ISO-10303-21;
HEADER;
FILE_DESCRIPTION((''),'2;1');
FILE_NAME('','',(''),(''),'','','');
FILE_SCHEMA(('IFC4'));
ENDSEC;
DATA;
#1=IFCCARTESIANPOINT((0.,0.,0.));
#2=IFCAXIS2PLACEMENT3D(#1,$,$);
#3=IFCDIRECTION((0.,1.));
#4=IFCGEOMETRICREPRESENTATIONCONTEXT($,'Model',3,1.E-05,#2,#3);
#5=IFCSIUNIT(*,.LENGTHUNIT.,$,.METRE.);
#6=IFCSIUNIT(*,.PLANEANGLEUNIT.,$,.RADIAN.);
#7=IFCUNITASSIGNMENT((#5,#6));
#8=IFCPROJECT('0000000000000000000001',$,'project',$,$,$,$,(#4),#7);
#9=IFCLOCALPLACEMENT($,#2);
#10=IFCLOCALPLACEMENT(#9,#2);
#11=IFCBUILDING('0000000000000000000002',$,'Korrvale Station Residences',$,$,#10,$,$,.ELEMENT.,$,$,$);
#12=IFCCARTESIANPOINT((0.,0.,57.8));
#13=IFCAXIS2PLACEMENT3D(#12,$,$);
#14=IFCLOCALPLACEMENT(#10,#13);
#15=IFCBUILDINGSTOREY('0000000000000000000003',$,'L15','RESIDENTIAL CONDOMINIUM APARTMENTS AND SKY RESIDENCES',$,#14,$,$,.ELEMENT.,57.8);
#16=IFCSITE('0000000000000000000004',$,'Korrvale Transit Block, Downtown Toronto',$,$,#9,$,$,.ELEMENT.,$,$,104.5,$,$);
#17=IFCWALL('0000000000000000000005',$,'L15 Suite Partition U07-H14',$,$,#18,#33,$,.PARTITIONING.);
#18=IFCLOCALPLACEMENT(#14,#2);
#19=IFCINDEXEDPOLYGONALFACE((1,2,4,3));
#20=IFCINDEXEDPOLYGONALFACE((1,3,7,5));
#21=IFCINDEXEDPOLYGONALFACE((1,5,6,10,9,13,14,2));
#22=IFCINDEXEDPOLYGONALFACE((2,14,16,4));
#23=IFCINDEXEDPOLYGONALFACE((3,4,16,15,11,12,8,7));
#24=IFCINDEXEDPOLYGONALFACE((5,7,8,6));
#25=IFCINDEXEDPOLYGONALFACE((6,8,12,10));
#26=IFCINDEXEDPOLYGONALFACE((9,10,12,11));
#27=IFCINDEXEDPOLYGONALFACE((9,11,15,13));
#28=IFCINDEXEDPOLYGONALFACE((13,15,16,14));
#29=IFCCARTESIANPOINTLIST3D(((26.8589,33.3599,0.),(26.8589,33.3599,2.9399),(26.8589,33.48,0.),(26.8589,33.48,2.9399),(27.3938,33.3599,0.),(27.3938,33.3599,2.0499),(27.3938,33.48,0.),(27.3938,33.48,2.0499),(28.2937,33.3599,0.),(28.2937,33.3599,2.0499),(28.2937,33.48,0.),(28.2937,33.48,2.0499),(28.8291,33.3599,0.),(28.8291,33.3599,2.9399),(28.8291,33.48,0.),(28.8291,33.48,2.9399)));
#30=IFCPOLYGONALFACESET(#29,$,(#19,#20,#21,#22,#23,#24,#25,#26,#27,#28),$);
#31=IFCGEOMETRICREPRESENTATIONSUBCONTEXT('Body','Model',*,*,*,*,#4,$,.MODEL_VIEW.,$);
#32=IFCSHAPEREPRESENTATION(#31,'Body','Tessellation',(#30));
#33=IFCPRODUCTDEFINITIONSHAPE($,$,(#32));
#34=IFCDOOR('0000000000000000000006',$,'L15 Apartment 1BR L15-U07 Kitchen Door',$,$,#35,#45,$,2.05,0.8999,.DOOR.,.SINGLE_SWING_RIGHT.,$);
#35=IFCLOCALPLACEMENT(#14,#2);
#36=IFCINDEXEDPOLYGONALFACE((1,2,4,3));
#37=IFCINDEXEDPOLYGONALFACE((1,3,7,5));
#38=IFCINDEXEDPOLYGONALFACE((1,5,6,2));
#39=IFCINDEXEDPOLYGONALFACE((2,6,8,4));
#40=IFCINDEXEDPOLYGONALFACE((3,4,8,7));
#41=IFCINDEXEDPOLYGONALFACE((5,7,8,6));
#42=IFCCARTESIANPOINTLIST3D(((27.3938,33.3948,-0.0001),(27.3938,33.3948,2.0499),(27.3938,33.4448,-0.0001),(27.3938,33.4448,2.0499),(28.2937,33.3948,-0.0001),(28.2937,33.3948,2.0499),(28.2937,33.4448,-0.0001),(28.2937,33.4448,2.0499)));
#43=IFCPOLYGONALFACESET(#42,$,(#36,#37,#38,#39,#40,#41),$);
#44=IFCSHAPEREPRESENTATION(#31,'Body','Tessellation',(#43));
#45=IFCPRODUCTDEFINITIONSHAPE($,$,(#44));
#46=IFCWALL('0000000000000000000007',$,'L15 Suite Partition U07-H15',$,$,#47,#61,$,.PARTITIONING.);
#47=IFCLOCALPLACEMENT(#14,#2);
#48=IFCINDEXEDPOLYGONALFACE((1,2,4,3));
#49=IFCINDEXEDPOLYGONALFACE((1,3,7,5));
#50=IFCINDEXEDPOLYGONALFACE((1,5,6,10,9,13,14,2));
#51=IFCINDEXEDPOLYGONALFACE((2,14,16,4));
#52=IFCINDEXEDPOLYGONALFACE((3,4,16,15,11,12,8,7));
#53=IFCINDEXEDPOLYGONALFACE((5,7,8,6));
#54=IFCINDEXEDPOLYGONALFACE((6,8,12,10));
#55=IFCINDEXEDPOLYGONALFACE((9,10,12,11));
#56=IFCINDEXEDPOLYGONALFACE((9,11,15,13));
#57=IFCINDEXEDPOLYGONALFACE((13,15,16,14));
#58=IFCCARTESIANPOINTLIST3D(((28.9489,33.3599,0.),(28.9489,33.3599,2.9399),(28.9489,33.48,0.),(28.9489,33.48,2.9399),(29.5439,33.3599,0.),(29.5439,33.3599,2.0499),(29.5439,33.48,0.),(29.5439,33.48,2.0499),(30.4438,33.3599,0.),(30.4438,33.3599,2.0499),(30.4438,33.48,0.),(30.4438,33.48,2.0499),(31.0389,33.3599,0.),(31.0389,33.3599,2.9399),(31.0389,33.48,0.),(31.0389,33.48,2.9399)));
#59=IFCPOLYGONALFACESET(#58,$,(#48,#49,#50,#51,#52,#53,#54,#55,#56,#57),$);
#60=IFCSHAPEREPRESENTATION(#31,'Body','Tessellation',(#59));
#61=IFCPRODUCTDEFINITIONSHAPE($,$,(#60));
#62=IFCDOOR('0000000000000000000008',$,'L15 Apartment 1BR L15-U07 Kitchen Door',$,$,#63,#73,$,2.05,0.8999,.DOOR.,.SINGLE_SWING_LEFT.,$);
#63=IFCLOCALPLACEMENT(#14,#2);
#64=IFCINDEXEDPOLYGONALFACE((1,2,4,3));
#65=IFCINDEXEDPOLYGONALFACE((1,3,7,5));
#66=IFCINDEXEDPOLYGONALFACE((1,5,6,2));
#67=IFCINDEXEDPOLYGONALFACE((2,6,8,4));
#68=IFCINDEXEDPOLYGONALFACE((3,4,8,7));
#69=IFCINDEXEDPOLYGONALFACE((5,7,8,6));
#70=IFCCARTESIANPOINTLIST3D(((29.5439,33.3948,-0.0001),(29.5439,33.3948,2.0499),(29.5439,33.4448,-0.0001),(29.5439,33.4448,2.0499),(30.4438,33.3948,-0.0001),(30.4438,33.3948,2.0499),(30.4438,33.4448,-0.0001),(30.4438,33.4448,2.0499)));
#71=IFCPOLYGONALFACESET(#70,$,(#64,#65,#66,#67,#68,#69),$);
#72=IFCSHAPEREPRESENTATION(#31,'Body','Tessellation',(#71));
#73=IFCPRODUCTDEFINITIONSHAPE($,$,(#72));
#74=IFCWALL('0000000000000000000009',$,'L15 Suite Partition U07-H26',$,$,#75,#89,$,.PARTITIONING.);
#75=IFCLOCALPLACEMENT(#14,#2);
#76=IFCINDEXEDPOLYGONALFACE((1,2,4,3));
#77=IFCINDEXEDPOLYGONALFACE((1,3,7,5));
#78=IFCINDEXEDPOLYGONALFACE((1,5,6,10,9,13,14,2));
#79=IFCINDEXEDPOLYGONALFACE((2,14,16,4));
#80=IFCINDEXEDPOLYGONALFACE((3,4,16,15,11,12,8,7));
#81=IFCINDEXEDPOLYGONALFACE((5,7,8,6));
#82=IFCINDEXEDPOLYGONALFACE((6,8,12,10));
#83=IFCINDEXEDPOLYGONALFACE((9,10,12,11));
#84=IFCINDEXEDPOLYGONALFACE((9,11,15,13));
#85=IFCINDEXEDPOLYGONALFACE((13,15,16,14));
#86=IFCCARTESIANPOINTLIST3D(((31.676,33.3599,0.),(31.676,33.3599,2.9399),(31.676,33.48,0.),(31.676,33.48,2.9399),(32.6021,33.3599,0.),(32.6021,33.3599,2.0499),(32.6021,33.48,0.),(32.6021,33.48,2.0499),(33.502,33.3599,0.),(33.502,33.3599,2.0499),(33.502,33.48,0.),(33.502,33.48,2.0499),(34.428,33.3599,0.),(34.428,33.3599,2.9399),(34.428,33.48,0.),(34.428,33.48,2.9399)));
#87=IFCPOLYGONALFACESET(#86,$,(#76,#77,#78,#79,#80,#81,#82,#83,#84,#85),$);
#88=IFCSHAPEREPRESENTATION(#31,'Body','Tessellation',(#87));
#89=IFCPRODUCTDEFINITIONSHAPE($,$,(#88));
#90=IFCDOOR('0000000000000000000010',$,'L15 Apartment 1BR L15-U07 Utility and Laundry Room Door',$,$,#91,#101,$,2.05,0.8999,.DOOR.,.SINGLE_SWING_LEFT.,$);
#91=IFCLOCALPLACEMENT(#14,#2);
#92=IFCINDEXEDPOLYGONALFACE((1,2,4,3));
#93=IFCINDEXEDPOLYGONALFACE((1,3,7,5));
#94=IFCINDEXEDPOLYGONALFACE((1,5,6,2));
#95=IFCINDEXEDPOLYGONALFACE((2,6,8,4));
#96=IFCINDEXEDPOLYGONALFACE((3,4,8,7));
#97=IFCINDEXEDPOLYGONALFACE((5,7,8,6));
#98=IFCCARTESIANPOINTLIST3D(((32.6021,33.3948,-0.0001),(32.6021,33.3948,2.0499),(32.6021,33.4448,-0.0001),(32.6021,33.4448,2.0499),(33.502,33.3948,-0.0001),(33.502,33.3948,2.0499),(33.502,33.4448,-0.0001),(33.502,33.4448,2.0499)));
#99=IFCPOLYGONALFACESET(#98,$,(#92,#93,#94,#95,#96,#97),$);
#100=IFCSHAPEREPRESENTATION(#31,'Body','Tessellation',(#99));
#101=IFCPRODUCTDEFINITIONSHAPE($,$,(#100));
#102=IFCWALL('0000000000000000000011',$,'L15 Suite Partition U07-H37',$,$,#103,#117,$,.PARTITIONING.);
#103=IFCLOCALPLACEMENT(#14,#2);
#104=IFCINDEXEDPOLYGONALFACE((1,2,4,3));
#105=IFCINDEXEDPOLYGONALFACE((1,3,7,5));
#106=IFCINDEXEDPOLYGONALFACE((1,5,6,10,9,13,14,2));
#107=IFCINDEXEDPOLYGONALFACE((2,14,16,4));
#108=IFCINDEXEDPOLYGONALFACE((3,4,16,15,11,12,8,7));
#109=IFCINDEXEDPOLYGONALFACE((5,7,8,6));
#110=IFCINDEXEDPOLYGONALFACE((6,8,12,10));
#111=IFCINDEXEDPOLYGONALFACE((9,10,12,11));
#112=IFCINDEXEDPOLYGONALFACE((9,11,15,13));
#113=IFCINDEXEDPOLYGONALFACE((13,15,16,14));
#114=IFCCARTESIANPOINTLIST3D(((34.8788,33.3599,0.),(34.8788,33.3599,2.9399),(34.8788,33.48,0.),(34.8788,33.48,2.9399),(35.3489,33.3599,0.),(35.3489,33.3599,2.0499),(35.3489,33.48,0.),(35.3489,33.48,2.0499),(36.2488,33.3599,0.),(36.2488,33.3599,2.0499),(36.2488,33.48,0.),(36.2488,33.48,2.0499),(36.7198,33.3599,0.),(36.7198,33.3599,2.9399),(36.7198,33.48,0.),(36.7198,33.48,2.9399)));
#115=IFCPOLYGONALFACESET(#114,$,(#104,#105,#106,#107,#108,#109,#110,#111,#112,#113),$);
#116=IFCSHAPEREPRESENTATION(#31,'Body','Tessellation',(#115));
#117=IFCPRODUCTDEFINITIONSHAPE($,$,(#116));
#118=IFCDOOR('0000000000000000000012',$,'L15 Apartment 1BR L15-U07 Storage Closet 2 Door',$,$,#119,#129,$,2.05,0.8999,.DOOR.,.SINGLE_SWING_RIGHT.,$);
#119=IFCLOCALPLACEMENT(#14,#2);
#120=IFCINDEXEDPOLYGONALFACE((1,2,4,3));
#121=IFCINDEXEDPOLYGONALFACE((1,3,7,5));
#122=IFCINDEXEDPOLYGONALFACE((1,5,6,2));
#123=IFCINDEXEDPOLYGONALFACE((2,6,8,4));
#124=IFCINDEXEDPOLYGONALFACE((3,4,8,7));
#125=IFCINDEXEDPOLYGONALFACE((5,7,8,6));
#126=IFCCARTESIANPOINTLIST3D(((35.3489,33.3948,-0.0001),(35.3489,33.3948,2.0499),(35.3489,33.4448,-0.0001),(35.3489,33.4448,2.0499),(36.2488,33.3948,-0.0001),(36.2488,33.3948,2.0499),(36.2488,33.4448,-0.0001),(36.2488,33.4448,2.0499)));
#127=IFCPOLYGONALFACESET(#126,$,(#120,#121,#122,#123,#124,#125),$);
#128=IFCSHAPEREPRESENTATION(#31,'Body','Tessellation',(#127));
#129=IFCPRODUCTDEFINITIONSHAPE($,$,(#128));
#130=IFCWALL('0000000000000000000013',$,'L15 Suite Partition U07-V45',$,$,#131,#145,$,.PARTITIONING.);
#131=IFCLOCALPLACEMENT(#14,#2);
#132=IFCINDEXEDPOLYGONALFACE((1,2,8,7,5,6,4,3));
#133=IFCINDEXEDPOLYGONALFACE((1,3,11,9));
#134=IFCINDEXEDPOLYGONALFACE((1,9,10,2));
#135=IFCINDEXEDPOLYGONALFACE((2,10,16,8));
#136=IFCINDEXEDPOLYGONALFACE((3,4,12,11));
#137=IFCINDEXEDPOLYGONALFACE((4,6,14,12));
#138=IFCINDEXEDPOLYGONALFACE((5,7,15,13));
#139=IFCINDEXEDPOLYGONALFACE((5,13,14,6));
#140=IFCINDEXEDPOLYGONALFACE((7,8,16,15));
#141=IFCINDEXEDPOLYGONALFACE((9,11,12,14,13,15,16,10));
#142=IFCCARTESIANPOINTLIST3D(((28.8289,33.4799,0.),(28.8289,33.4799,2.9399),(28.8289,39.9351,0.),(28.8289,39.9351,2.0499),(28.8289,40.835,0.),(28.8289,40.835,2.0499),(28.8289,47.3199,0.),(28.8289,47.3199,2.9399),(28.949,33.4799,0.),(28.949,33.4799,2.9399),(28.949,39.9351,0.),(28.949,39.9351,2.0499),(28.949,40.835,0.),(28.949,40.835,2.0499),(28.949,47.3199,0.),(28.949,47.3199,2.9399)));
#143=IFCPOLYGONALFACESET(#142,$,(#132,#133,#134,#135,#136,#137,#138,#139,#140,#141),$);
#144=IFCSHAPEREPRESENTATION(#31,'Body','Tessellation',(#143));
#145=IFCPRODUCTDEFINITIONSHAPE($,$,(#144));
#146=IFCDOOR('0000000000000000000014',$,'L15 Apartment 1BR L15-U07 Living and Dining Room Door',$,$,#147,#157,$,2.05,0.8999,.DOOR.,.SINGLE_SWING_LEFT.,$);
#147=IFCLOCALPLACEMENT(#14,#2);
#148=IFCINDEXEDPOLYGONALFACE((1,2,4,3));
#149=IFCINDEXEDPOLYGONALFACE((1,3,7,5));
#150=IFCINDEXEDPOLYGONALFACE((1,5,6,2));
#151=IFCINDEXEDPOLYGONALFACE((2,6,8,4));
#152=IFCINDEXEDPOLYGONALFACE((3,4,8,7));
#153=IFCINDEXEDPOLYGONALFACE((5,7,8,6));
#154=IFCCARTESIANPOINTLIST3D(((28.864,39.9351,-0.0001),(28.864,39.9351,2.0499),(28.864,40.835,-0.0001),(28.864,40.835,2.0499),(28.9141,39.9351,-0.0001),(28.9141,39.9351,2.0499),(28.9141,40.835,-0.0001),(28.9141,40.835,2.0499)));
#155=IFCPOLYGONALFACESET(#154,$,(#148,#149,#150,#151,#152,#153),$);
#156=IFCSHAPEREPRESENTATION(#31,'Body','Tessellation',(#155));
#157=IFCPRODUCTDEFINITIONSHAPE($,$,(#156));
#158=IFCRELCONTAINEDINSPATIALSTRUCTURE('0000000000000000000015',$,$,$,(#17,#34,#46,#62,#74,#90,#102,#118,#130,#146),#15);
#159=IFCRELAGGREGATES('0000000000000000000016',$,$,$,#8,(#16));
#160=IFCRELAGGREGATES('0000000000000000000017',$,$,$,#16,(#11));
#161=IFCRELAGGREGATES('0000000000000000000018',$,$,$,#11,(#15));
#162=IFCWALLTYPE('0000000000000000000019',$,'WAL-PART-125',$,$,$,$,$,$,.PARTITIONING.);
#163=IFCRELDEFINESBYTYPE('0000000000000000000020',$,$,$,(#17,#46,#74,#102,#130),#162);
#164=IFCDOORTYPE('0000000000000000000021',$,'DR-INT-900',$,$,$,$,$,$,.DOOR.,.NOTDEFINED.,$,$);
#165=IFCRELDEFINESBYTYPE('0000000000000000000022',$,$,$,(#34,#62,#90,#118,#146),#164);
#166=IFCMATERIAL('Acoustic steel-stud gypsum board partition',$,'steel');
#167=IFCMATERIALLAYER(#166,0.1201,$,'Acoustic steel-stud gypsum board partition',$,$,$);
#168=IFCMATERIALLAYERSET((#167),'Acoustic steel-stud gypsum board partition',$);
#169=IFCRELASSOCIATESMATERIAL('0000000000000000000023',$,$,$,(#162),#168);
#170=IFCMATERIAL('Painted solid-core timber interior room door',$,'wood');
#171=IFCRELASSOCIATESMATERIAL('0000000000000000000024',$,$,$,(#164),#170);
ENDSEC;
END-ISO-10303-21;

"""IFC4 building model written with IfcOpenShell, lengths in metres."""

from ifc_helpers import new_model, si_unit, direction, frame, frame_2d, origin, place, context, subcontext, project, spatial, rectangle, extrude, material, layer, layer_set, type_object, element, fill, save


model = new_model("IFC4")

# Units and contexts
model_context = context("Model", 3, precision=1e-05, world=origin(), true_north=direction((0.0, 1.0)))
body_context = subcontext(model_context, "Body", "Model", "MODEL_VIEW")
ifc_project = project(units=[si_unit("LENGTHUNIT", "METRE"), si_unit("PLANEANGLEUNIT", "RADIAN")], contexts=[model_context])

# Site, building, storey
site_placement = place(None, origin())
site = spatial("IfcSite", under=ifc_project, at=site_placement, Name="Korrvale Transit Block, Downtown Toronto", CompositionType="ELEMENT", RefElevation=104.5)
building_placement = place(site_placement, origin())
building = spatial("IfcBuilding", under=site, at=building_placement, Name="Korrvale Station Residences", CompositionType="ELEMENT")
storey_placement = place(building_placement, frame((0.0, 0.0, 57.8)))
storey = spatial("IfcBuildingStorey", under=building, at=storey_placement, Name="L15", Description="RESIDENTIAL CONDOMINIUM APARTMENTS AND SKY RESIDENCES", CompositionType="ELEMENT", Elevation=57.8)

# Walls, openings, doors
ifc_material_1 = material(Name="Acoustic steel-stud gypsum board partition", Category="steel")
ifc_layer_1 = layer(ifc_material_1, 0.1201, Name="Acoustic steel-stud gypsum board partition")
ifc_layer_set_1 = layer_set([ifc_layer_1], Name="Acoustic steel-stud gypsum board partition")
wall_type_1 = type_object("IfcWallType", Name="WAL-PART-125", PredefinedType="PARTITIONING", material=ifc_layer_set_1)
wall_1_placement = place(storey_placement, frame((26.8589, 33.4199, 0.0), z_axis=(0.0, 0.0, 1.0), x_axis=(1.0, 0.0, 0.0)))
wall_1 = element("IfcWall", 1, at=wall_1_placement, inside=storey, type_object=wall_type_1, Name="L15 Suite Partition U07-H14", PredefinedType="PARTITIONING", context=body_context, shape_type="SweptSolid", body=[
    extrude(rectangle(XDim=1.9702, YDim=0.1201, at=frame_2d((0.9851, 0.0))), origin(), (0.0, 0.0, 1.0), 2.9399),
])
opening_1_placement = place(wall_1_placement, frame((0.5349, 0.0, 0.0)))
opening_1 = element("IfcOpeningElement", 2, at=opening_1_placement, cuts=wall_1, PredefinedType="OPENING", context=body_context, shape_type="SweptSolid", body=[
    extrude(rectangle(XDim=0.8999, YDim=2.05, at=frame_2d((0.45, 1.0249))), frame((0.0, 0.0701, 0.0), z_axis=(0.0, -1.0, 0.0), x_axis=(1.0, 0.0, 0.0)), (0.0, 0.0, 1.0), 0.1401),
])
ifc_material_2 = material(Name="Painted solid-core timber interior room door", Category="wood")
door_type_1 = type_object("IfcDoorType", Name="DR-INT-900", OperationType="NOTDEFINED", PredefinedType="DOOR", material=ifc_material_2)
door_1_placement = place(opening_1_placement, origin())
door_1 = element("IfcDoor", 3, at=door_1_placement, inside=storey, type_object=door_type_1, Name="L15 Apartment 1BR L15-U07 Kitchen Door", OperationType="SINGLE_SWING_RIGHT", OverallHeight=2.05, OverallWidth=0.8999, PredefinedType="DOOR", context=body_context, shape_type="SweptSolid", body=[
    extrude(rectangle(XDim=0.8999, YDim=2.05, at=frame_2d((0.45, 1.0249))), frame((0.0, 0.0249, 0.0), z_axis=(0.0, -1.0, 0.0), x_axis=(1.0, 0.0, 0.0)), (0.0, 0.0, 1.0), 0.05),
])
fill(opening_1, door_1)
wall_2_placement = place(storey_placement, frame((28.949, 33.4199, 0.0), z_axis=(0.0, 0.0, 1.0), x_axis=(1.0, 0.0, 0.0)))
wall_2 = element("IfcWall", 4, at=wall_2_placement, inside=storey, type_object=wall_type_1, Name="L15 Suite Partition U07-H15", PredefinedType="PARTITIONING", context=body_context, shape_type="SweptSolid", body=[
    extrude(rectangle(XDim=2.0901, YDim=0.1201, at=frame_2d((1.0449, 0.0))), origin(), (0.0, 0.0, 1.0), 2.9399),
])
opening_2_placement = place(wall_2_placement, frame((0.595, 0.0, 0.0)))
opening_2 = element("IfcOpeningElement", 5, at=opening_2_placement, cuts=wall_2, PredefinedType="OPENING", context=body_context, shape_type="SweptSolid", body=[
    extrude(rectangle(XDim=0.8999, YDim=2.05, at=frame_2d((0.45, 1.0249))), frame((0.0, 0.0701, 0.0), z_axis=(0.0, -1.0, 0.0), x_axis=(1.0, 0.0, 0.0)), (0.0, 0.0, 1.0), 0.1401),
])
door_2_placement = place(opening_2_placement, origin())
door_2 = element("IfcDoor", 6, at=door_2_placement, inside=storey, type_object=door_type_1, Name="L15 Apartment 1BR L15-U07 Kitchen Door", OperationType="SINGLE_SWING_LEFT", OverallHeight=2.05, OverallWidth=0.8999, PredefinedType="DOOR", context=body_context, shape_type="SweptSolid", body=[
    extrude(rectangle(XDim=0.8999, YDim=2.05, at=frame_2d((0.45, 1.0249))), frame((0.0, 0.0249, 0.0), z_axis=(0.0, -1.0, 0.0), x_axis=(1.0, 0.0, 0.0)), (0.0, 0.0, 1.0), 0.05),
])
fill(opening_2, door_2)
wall_3_placement = place(storey_placement, frame((31.676, 33.4199, 0.0), z_axis=(0.0, 0.0, 1.0), x_axis=(1.0, 0.0, 0.0)))
wall_3 = element("IfcWall", 7, at=wall_3_placement, inside=storey, type_object=wall_type_1, Name="L15 Suite Partition U07-H26", PredefinedType="PARTITIONING", context=body_context, shape_type="SweptSolid", body=[
    extrude(rectangle(XDim=2.752, YDim=0.1201, at=frame_2d((1.376, 0.0))), origin(), (0.0, 0.0, 1.0), 2.9399),
])
opening_3_placement = place(wall_3_placement, frame((0.926, 0.0, 0.0)))
opening_3 = element("IfcOpeningElement", 8, at=opening_3_placement, cuts=wall_3, PredefinedType="OPENING", context=body_context, shape_type="SweptSolid", body=[
    extrude(rectangle(XDim=0.8999, YDim=2.05, at=frame_2d((0.45, 1.0249))), frame((0.0, 0.0701, 0.0), z_axis=(0.0, -1.0, 0.0), x_axis=(1.0, 0.0, 0.0)), (0.0, 0.0, 1.0), 0.1401),
])
door_3_placement = place(opening_3_placement, origin())
door_3 = element("IfcDoor", 9, at=door_3_placement, inside=storey, type_object=door_type_1, Name="L15 Apartment 1BR L15-U07 Utility and Laundry Room Door", OperationType="SINGLE_SWING_LEFT", OverallHeight=2.05, OverallWidth=0.8999, PredefinedType="DOOR", context=body_context, shape_type="SweptSolid", body=[
    extrude(rectangle(XDim=0.8999, YDim=2.05, at=frame_2d((0.45, 1.0249))), frame((0.0, 0.0249, 0.0), z_axis=(0.0, -1.0, 0.0), x_axis=(1.0, 0.0, 0.0)), (0.0, 0.0, 1.0), 0.05),
])
fill(opening_3, door_3)
wall_4_placement = place(storey_placement, frame((34.8789, 33.4199, 0.0), z_axis=(0.0, 0.0, 1.0), x_axis=(1.0, 0.0, 0.0)))
wall_4 = element("IfcWall", 10, at=wall_4_placement, inside=storey, type_object=wall_type_1, Name="L15 Suite Partition U07-H37", PredefinedType="PARTITIONING", context=body_context, shape_type="SweptSolid", body=[
    extrude(rectangle(XDim=1.8411, YDim=0.1201, at=frame_2d((0.9204, 0.0))), origin(), (0.0, 0.0, 1.0), 2.9399),
])
opening_4_placement = place(wall_4_placement, frame((0.47, 0.0, 0.0)))
opening_4 = element("IfcOpeningElement", 11, at=opening_4_placement, cuts=wall_4, PredefinedType="OPENING", context=body_context, shape_type="SweptSolid", body=[
    extrude(rectangle(XDim=0.8999, YDim=2.05, at=frame_2d((0.45, 1.0249))), frame((0.0, 0.0701, 0.0), z_axis=(0.0, -1.0, 0.0), x_axis=(1.0, 0.0, 0.0)), (0.0, 0.0, 1.0), 0.1401),
])
door_4_placement = place(opening_4_placement, origin())
door_4 = element("IfcDoor", 12, at=door_4_placement, inside=storey, type_object=door_type_1, Name="L15 Apartment 1BR L15-U07 Storage Closet 2 Door", OperationType="SINGLE_SWING_RIGHT", OverallHeight=2.05, OverallWidth=0.8999, PredefinedType="DOOR", context=body_context, shape_type="SweptSolid", body=[
    extrude(rectangle(XDim=0.8999, YDim=2.05, at=frame_2d((0.45, 1.0249))), frame((0.0, 0.0249, 0.0), z_axis=(0.0, -1.0, 0.0), x_axis=(1.0, 0.0, 0.0)), (0.0, 0.0, 1.0), 0.05),
])
fill(opening_4, door_4)
wall_5_placement = place(storey_placement, frame((28.8889, 33.48, 0.0), z_axis=(0.0, 0.0, 1.0), x_axis=(0.0, 1.0, 0.0)))
wall_5 = element("IfcWall", 13, at=wall_5_placement, inside=storey, type_object=wall_type_1, Name="L15 Suite Partition U07-V45", PredefinedType="PARTITIONING", context=body_context, shape_type="SweptSolid", body=[
    extrude(rectangle(XDim=13.8401, YDim=0.1201, at=frame_2d((6.9199, 0.0))), origin(), (0.0, 0.0, 1.0), 2.9399),
])
opening_5_placement = place(wall_5_placement, frame((6.4551, 0.0, 0.0)))
opening_5 = element("IfcOpeningElement", 14, at=opening_5_placement, cuts=wall_5, PredefinedType="OPENING", context=body_context, shape_type="SweptSolid", body=[
    extrude(rectangle(XDim=0.8999, YDim=2.05, at=frame_2d((0.45, 1.0249))), frame((0.0, 0.0701, 0.0), z_axis=(0.0, -1.0, 0.0), x_axis=(1.0, 0.0, 0.0)), (0.0, 0.0, 1.0), 0.1401),
])
door_5_placement = place(opening_5_placement, origin())
door_5 = element("IfcDoor", 15, at=door_5_placement, inside=storey, type_object=door_type_1, Name="L15 Apartment 1BR L15-U07 Living and Dining Room Door", OperationType="SINGLE_SWING_LEFT", OverallHeight=2.05, OverallWidth=0.8999, PredefinedType="DOOR", context=body_context, shape_type="SweptSolid", body=[
    extrude(rectangle(XDim=0.8999, YDim=2.05, at=frame_2d((0.45, 1.0249))), frame((0.0, 0.0249, 0.0), z_axis=(0.0, -1.0, 0.0), x_axis=(1.0, 0.0, 0.0)), (0.0, 0.0, 1.0), 0.05),
])
fill(opening_5, door_5)

save(model, "model.ifc")
